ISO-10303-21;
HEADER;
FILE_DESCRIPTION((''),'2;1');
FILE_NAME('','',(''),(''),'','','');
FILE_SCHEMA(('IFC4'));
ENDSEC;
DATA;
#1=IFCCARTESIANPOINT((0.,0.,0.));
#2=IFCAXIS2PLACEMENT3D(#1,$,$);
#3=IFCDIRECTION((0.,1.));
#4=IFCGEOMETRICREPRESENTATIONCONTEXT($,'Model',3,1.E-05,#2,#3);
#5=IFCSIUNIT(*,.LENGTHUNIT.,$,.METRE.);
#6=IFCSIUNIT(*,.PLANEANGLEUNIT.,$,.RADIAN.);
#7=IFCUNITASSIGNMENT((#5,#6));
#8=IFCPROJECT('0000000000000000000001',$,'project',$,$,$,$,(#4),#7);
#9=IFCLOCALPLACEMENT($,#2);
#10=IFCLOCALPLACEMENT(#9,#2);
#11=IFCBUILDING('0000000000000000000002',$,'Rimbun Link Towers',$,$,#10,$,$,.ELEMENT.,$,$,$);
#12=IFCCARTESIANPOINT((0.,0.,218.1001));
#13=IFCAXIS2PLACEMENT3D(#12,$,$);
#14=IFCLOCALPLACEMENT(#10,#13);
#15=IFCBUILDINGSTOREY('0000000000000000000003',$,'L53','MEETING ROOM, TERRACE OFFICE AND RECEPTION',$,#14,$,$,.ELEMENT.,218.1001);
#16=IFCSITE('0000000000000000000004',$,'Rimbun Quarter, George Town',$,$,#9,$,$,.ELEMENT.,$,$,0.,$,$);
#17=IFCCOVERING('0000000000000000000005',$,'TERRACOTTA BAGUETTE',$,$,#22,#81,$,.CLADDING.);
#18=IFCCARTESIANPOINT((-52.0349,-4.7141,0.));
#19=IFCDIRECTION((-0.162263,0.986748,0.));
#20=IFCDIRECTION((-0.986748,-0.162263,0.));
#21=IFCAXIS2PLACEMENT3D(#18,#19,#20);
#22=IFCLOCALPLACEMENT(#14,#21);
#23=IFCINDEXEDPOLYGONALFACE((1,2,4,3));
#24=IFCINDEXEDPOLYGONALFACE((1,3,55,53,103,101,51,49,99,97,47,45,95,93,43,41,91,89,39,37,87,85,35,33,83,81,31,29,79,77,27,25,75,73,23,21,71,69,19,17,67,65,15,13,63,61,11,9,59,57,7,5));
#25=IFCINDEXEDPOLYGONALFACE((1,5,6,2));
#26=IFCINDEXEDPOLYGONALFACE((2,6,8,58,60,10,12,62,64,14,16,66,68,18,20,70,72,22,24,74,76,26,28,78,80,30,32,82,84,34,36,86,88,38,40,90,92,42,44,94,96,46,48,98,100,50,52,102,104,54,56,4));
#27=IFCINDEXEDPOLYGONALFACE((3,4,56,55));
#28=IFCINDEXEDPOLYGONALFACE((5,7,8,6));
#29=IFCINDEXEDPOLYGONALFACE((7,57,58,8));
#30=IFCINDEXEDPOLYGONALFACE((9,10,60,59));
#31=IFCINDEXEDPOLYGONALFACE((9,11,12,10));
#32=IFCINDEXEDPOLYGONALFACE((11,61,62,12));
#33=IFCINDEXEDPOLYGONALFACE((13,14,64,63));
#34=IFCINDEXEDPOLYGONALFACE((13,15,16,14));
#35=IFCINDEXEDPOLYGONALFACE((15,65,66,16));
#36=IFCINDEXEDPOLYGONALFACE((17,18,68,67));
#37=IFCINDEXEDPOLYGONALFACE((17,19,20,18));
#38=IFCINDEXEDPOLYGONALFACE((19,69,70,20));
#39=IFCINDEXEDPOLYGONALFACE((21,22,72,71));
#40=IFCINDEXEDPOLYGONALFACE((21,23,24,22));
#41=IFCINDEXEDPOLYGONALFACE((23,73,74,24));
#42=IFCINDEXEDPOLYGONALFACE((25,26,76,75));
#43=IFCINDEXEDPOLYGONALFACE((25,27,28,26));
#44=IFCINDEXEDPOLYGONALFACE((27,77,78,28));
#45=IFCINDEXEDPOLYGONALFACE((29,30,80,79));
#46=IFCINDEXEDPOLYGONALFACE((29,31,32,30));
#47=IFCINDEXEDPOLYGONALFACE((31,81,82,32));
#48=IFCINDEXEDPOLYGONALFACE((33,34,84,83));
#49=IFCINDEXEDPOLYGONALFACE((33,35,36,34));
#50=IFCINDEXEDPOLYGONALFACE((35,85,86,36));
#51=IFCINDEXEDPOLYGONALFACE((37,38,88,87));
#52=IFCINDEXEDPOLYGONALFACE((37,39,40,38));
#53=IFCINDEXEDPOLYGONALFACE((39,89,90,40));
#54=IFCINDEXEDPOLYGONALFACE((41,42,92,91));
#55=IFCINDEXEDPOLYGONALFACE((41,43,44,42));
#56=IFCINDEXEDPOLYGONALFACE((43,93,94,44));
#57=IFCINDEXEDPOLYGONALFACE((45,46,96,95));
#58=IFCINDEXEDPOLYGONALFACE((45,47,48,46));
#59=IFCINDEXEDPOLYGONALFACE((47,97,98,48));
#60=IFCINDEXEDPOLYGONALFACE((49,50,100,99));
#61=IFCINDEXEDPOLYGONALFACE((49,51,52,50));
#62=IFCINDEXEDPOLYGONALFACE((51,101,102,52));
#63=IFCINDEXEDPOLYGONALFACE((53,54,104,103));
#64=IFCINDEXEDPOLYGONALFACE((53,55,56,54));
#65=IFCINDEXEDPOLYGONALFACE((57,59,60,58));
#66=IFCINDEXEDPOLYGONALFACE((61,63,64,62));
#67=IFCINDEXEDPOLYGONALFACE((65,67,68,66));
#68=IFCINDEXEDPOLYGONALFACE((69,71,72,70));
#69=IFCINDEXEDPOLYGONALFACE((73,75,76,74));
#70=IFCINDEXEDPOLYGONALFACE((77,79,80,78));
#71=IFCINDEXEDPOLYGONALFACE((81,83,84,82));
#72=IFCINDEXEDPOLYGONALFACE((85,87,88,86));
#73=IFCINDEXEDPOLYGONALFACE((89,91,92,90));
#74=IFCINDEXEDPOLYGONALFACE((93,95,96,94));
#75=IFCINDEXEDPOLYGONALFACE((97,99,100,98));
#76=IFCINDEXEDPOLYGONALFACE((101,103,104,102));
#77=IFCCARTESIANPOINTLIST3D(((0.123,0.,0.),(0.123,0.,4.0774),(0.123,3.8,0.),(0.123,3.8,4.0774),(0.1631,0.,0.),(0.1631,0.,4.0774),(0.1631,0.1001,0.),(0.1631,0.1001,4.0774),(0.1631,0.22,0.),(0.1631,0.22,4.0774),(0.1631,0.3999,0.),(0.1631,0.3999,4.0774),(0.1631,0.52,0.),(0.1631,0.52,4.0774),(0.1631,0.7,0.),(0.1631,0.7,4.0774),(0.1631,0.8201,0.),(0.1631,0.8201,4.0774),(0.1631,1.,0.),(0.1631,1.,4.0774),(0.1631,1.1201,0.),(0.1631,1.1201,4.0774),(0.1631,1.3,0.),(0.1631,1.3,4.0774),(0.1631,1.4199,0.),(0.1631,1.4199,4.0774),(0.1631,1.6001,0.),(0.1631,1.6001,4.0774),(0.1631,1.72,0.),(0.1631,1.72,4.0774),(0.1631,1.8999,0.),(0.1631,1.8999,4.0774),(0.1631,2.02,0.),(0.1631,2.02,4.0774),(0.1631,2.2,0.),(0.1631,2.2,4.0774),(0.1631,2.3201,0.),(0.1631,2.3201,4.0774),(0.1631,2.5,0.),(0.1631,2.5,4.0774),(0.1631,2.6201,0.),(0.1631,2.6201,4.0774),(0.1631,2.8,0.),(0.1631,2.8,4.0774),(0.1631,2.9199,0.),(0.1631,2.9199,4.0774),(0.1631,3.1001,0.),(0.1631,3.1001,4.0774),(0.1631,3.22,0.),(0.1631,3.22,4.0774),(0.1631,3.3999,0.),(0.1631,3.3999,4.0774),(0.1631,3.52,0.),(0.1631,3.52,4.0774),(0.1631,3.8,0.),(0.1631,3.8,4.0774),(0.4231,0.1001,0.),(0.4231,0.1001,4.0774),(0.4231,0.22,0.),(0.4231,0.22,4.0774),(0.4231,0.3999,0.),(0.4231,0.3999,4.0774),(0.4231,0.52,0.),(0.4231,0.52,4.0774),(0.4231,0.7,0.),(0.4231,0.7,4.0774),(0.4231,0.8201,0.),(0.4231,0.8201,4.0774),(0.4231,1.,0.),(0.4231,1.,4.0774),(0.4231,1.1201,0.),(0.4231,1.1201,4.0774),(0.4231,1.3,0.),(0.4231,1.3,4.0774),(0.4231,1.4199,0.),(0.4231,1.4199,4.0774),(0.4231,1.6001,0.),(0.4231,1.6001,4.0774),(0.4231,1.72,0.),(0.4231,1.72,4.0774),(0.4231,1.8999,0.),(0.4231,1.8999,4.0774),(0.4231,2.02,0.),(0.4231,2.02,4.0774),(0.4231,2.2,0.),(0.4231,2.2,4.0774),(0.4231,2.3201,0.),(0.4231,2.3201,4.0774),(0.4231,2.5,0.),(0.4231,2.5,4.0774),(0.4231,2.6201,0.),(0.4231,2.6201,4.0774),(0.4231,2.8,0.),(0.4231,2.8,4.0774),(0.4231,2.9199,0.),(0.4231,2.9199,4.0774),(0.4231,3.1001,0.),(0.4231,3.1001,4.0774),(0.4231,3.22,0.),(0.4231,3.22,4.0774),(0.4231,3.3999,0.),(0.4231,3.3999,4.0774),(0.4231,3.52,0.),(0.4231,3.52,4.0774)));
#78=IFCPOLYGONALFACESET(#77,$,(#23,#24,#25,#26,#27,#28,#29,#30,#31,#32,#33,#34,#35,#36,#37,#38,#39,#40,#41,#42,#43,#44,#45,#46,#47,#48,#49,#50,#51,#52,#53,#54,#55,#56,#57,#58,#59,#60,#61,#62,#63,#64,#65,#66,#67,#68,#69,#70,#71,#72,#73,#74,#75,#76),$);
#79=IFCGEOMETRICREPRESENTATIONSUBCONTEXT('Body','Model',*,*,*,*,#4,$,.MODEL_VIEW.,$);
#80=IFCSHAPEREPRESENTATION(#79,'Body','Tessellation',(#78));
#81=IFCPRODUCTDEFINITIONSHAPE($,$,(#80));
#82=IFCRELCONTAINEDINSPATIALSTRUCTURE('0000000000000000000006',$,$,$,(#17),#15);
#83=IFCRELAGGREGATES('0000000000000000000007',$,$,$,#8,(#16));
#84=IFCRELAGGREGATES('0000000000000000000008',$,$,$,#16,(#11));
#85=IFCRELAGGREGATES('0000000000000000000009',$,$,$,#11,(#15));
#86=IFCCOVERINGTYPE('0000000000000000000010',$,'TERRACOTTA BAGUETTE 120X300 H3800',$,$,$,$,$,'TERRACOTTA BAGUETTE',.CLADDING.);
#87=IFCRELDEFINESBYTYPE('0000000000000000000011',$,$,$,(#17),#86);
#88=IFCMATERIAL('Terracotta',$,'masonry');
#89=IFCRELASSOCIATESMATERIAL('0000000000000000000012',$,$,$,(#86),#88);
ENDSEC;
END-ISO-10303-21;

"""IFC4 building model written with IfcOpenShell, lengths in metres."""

from ifc_helpers import new_model, si_unit, direction, frame, origin, place, context, subcontext, project, spatial, polyline, outline, extrude, material, material_profile, profile_set, type_object, element, save


model = new_model("IFC4")

# Units and contexts
model_context = context("Model", 3, precision=1e-05, world=origin(), true_north=direction((0.0, 1.0)))
body_context = subcontext(model_context, "Body", "Model", "MODEL_VIEW")
ifc_project = project(units=[si_unit("LENGTHUNIT", "METRE"), si_unit("PLANEANGLEUNIT", "RADIAN")], contexts=[model_context])

# Site, building, storey
site_placement = place(None, origin())
site = spatial("IfcSite", under=ifc_project, at=site_placement, Name="Rimbun Quarter, George Town", CompositionType="ELEMENT", RefElevation=0.0)
building_placement = place(site_placement, origin())
building = spatial("IfcBuilding", under=site, at=building_placement, Name="Rimbun Link Towers", CompositionType="ELEMENT")
storey_placement = place(building_placement, frame((0.0, 0.0, 218.1001)))
storey = spatial("IfcBuildingStorey", under=building, at=storey_placement, Name="L53", Description="MEETING ROOM, TERRACE OFFICE AND RECEPTION", CompositionType="ELEMENT", Elevation=218.1001)

# Covering
ifc_material_1 = material(Name="Terracotta", Category="masonry")
ifc_material_profile_1 = material_profile(ifc_material_1, outline(polyline([(0.123, 0.0), (0.1631, 0.0), (0.1631, 0.1001), (0.4231, 0.1001), (0.4231, 0.22), (0.1631, 0.22), (0.1631, 0.3999), (0.4231, 0.3999), (0.4231, 0.52), (0.1631, 0.52), (0.1631, 0.7), (0.4231, 0.7), (0.4231, 0.8201), (0.1631, 0.8201), (0.1631, 1.0), (0.4231, 1.0), (0.4231, 1.1201), (0.1631, 1.1201), (0.1631, 1.3), (0.4231, 1.3), (0.4231, 1.4199), (0.1631, 1.4199), (0.1631, 1.6001), (0.4231, 1.6001), (0.4231, 1.72), (0.1631, 1.72), (0.1631, 1.8999), (0.4231, 1.8999), (0.4231, 2.02), (0.1631, 2.02), (0.1631, 2.2), (0.4231, 2.2), (0.4231, 2.3201), (0.1631, 2.3201), (0.1631, 2.5), (0.4231, 2.5), (0.4231, 2.6201), (0.1631, 2.6201), (0.1631, 2.8), (0.4231, 2.8), (0.4231, 2.9199), (0.1631, 2.9199), (0.1631, 3.1001), (0.4231, 3.1001), (0.4231, 3.22), (0.1631, 3.22), (0.1631, 3.3999), (0.4231, 3.3999), (0.4231, 3.52), (0.1631, 3.52), (0.1631, 3.8), (0.123, 3.8), (0.123, 0.0)])), Name="BAGUETTE 120X300")
ifc_profile_set_1 = profile_set([ifc_material_profile_1], Name="Terracotta")
covering_type = type_object("IfcCoveringType", Name="TERRACOTTA BAGUETTE 120X300 H3800", ElementType="TERRACOTTA BAGUETTE", PredefinedType="CLADDING", material=ifc_profile_set_1)
covering_1_placement = place(storey_placement, frame((-52.0349, -4.7141, 0.0), z_axis=(-0.162263, 0.986748, 0.0), x_axis=(-0.986748, -0.162263, 0.0)))
element("IfcCovering", 1, at=covering_1_placement, inside=storey, type_object=covering_type, Name="TERRACOTTA BAGUETTE", PredefinedType="CLADDING", context=body_context, shape_type="SweptSolid", body=[
    extrude(outline(polyline([(0.123, 0.0), (0.1631, 0.0), (0.1631, 0.1001), (0.4231, 0.1001), (0.4231, 0.22), (0.1631, 0.22), (0.1631, 0.3999), (0.4231, 0.3999), (0.4231, 0.52), (0.1631, 0.52), (0.1631, 0.7), (0.4231, 0.7), (0.4231, 0.8201), (0.1631, 0.8201), (0.1631, 1.0), (0.4231, 1.0), (0.4231, 1.1201), (0.1631, 1.1201), (0.1631, 1.3), (0.4231, 1.3), (0.4231, 1.4199), (0.1631, 1.4199), (0.1631, 1.6001), (0.4231, 1.6001), (0.4231, 1.72), (0.1631, 1.72), (0.1631, 1.8999), (0.4231, 1.8999), (0.4231, 2.02), (0.1631, 2.02), (0.1631, 2.2), (0.4231, 2.2), (0.4231, 2.3201), (0.1631, 2.3201), (0.1631, 2.5), (0.4231, 2.5), (0.4231, 2.6201), (0.1631, 2.6201), (0.1631, 2.8), (0.4231, 2.8), (0.4231, 2.9199), (0.1631, 2.9199), (0.1631, 3.1001), (0.4231, 3.1001), (0.4231, 3.22), (0.1631, 3.22), (0.1631, 3.3999), (0.4231, 3.3999), (0.4231, 3.52), (0.1631, 3.52), (0.1631, 3.8), (0.123, 3.8), (0.123, 0.0)])), origin(), (0.0, 0.0, 1.0), 4.0774),
])

save(model, "model.ifc")
